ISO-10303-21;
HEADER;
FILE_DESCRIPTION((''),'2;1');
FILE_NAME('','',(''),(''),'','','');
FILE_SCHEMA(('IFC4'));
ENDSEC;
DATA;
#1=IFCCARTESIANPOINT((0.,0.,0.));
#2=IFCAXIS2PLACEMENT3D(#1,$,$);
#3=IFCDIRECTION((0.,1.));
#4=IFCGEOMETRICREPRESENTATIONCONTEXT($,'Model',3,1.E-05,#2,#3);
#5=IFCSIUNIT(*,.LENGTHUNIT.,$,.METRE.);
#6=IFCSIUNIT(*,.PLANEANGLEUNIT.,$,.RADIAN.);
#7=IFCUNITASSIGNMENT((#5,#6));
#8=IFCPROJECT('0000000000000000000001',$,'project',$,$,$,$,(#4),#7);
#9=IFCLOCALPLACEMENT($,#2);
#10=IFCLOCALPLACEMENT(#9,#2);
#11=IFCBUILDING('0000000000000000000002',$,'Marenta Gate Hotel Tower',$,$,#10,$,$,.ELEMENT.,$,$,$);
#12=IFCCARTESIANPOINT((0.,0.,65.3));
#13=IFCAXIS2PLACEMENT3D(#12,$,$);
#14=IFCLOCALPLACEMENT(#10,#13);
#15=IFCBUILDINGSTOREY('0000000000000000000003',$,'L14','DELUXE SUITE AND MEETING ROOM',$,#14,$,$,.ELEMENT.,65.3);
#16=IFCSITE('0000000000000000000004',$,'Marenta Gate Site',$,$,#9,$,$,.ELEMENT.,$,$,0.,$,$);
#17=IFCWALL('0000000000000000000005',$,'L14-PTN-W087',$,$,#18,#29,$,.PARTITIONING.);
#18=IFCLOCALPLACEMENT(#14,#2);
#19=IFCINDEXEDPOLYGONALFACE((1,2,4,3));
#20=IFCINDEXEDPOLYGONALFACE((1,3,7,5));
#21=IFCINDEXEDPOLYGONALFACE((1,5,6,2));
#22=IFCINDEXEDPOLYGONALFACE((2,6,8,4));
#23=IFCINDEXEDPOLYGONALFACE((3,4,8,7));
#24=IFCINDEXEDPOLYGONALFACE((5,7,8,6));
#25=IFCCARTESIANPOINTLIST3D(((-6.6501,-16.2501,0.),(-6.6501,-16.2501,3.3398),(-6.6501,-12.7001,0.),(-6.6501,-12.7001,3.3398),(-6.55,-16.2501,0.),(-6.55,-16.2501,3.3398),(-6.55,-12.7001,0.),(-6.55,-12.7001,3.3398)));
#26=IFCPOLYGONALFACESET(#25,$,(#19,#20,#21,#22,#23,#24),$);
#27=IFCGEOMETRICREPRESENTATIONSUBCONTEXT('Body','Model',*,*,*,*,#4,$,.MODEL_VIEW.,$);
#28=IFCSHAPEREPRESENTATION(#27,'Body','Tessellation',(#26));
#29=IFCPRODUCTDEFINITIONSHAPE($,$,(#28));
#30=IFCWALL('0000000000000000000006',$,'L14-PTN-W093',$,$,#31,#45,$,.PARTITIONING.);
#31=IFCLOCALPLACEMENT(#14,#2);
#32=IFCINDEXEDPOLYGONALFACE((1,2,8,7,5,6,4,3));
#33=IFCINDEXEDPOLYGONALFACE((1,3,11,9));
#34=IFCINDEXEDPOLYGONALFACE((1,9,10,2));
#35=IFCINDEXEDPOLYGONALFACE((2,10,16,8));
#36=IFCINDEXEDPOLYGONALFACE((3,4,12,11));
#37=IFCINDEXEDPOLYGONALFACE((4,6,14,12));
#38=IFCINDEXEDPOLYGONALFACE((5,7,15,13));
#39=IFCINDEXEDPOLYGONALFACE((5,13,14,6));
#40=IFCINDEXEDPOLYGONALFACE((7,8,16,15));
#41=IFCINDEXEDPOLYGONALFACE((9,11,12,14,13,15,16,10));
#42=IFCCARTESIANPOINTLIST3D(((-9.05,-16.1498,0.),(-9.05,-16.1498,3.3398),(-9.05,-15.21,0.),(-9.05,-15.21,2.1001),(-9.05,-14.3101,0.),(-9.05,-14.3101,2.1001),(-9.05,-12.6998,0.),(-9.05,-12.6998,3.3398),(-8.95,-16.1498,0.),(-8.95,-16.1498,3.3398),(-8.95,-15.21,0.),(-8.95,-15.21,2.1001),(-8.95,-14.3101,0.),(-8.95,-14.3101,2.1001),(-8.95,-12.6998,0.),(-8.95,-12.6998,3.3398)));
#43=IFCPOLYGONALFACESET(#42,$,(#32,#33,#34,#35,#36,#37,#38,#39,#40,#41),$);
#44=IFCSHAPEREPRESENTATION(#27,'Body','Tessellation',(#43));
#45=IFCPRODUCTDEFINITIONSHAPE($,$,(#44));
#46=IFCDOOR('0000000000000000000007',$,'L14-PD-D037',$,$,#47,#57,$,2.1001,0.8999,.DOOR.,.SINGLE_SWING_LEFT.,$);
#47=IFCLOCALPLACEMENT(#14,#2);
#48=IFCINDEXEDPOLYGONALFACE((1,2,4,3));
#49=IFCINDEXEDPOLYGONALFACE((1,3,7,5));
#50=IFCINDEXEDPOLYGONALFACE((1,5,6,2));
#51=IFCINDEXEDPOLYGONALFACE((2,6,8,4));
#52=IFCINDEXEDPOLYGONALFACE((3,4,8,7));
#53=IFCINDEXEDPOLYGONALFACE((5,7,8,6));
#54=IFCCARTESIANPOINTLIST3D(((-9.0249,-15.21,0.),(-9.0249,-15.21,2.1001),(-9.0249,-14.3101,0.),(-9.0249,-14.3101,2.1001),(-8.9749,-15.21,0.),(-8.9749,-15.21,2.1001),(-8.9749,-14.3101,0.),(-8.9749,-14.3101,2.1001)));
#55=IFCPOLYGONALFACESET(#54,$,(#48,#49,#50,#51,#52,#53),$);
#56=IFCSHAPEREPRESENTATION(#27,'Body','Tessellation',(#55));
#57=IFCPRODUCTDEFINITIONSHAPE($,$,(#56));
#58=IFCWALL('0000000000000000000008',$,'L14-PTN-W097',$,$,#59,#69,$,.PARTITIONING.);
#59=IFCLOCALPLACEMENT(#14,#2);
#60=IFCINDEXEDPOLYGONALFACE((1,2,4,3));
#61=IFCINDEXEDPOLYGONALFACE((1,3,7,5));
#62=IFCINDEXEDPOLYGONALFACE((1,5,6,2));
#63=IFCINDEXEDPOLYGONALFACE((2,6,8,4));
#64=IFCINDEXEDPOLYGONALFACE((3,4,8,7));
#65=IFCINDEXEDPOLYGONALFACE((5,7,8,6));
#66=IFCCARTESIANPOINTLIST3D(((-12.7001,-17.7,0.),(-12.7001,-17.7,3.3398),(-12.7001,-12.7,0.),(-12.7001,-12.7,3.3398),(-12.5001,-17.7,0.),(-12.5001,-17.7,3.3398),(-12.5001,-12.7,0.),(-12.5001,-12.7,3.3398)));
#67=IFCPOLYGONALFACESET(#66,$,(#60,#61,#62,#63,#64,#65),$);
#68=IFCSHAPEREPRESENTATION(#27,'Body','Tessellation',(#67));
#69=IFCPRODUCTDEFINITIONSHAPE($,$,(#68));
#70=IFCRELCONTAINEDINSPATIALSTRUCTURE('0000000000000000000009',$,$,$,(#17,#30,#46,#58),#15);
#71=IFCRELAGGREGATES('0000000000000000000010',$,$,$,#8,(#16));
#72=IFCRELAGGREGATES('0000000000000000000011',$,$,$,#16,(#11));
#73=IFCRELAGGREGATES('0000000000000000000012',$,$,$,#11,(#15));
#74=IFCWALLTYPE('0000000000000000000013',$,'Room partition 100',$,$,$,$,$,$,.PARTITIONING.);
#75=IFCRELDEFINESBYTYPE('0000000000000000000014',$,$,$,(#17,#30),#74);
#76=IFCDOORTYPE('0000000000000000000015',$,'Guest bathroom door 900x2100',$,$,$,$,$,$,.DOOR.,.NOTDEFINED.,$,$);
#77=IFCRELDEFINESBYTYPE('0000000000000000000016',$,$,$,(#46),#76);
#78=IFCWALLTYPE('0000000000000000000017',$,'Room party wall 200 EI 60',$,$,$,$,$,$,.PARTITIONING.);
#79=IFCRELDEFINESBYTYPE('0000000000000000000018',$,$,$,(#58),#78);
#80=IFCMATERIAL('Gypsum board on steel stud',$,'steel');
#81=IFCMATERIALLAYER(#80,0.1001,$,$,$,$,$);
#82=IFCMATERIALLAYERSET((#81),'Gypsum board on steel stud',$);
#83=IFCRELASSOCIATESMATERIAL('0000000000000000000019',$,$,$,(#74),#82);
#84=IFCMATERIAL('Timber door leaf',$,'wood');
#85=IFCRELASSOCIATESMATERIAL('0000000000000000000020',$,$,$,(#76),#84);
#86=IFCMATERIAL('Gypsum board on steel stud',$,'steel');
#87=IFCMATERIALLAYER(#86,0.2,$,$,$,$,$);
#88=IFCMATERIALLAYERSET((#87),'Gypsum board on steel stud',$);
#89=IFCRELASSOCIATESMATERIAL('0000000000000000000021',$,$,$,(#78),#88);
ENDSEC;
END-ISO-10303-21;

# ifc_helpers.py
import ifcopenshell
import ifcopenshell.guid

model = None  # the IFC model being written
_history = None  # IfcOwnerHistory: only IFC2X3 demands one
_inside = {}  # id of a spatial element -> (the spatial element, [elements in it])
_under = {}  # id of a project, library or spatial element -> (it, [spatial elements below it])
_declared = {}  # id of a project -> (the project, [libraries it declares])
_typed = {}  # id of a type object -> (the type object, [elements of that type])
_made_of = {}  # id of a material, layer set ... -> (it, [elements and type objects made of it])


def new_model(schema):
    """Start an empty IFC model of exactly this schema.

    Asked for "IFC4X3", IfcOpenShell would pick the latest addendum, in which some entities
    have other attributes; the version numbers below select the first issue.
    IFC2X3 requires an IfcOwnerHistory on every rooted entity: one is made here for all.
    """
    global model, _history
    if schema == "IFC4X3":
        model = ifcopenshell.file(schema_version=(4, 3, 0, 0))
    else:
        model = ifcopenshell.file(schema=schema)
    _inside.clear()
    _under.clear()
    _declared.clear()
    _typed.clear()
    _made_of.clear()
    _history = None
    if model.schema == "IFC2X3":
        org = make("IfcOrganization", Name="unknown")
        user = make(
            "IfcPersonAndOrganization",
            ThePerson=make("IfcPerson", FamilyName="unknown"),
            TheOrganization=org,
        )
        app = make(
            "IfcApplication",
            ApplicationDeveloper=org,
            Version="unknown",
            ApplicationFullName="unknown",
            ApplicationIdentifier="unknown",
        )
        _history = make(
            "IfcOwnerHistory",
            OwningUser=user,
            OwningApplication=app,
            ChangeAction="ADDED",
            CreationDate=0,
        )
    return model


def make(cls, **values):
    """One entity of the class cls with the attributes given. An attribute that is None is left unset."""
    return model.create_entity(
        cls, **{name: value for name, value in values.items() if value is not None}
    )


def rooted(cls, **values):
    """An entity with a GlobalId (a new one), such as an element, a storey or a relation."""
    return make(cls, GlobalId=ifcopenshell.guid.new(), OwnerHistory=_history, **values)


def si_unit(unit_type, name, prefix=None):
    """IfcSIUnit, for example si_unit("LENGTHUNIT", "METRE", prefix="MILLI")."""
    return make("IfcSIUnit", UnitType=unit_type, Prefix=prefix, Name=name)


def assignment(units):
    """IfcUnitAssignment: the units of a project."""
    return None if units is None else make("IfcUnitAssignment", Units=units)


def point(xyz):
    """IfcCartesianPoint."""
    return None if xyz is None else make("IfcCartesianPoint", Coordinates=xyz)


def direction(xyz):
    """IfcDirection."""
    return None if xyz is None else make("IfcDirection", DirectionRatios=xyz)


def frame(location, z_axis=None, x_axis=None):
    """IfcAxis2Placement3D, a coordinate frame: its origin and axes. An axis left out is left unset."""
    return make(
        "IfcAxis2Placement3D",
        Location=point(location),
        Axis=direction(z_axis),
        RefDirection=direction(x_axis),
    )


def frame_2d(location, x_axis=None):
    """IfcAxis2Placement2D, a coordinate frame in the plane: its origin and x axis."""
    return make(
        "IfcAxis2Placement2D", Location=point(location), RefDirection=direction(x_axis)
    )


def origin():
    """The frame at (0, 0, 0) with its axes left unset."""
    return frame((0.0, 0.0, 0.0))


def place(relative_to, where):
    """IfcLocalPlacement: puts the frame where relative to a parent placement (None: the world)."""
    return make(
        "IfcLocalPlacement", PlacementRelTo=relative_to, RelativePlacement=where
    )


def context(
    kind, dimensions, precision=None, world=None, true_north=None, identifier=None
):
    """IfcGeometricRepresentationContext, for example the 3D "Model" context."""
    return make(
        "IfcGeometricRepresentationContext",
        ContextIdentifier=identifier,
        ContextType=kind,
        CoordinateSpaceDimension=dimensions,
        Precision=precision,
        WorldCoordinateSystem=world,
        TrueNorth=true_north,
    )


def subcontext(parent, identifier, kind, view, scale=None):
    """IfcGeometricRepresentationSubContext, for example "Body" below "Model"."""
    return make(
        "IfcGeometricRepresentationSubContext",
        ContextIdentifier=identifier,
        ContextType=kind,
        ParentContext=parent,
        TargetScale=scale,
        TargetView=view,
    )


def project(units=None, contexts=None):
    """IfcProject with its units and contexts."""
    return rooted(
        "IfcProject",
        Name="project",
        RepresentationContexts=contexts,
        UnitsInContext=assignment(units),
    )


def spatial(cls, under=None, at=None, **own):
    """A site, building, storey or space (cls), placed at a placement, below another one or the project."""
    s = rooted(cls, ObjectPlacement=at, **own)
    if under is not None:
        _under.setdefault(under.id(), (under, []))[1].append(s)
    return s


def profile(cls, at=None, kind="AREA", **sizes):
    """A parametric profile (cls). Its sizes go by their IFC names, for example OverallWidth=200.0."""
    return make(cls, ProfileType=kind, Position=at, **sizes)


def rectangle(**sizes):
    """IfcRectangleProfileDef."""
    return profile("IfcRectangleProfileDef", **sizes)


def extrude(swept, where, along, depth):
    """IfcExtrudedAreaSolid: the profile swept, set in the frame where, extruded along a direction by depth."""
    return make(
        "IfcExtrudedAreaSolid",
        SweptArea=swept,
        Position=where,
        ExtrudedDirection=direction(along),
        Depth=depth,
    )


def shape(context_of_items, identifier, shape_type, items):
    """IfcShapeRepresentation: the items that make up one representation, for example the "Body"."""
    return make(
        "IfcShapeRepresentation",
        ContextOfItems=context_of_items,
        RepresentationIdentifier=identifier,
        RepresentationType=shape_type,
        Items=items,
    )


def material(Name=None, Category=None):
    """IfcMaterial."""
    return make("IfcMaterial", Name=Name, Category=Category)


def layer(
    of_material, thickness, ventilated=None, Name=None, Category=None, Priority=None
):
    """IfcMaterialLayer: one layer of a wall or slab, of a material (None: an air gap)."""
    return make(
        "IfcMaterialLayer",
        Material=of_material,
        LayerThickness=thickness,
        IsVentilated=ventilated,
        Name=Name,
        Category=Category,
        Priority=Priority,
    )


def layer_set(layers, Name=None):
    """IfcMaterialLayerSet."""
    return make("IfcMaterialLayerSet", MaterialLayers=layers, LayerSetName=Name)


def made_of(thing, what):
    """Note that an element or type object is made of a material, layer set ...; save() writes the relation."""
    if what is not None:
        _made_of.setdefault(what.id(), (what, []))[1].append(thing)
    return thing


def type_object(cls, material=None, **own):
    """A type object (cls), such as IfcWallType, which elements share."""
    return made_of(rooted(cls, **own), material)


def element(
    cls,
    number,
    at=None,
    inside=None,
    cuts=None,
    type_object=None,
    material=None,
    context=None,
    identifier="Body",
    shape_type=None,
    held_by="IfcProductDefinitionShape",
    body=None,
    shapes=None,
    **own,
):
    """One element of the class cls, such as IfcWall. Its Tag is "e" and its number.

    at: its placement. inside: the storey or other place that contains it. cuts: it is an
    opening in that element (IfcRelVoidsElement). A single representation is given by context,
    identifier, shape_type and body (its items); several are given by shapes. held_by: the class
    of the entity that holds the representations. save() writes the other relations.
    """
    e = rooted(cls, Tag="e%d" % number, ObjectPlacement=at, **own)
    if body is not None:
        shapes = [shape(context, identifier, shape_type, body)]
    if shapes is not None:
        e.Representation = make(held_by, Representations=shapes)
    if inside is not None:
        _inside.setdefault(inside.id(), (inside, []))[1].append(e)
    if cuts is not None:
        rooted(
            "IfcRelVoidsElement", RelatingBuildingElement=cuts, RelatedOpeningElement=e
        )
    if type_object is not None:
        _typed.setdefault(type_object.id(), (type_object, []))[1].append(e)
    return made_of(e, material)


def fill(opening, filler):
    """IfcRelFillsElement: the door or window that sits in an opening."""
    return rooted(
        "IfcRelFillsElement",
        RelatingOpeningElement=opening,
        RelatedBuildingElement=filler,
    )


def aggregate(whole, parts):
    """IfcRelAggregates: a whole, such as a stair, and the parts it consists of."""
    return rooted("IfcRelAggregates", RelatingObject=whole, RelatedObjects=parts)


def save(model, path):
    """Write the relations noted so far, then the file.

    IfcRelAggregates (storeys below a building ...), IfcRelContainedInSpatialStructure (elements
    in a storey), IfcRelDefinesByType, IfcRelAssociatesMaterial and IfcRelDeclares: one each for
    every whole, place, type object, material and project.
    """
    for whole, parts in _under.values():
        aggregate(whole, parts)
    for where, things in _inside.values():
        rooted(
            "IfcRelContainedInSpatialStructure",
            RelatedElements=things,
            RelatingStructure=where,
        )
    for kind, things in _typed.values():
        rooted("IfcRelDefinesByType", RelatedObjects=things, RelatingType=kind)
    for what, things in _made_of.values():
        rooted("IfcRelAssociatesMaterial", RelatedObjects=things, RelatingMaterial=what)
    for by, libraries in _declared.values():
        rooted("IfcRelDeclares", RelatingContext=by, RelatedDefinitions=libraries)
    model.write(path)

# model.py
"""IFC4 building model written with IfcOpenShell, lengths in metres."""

from ifc_helpers import new_model, si_unit, direction, frame, frame_2d, origin, place, context, subcontext, project, spatial, rectangle, extrude, material, layer, layer_set, type_object, element, fill, save


model = new_model("IFC4")

# Units and contexts
model_context = context("Model", 3, precision=1e-05, world=origin(), true_north=direction((0.0, 1.0)))
body_context = subcontext(model_context, "Body", "Model", "MODEL_VIEW")
ifc_project = project(units=[si_unit("LENGTHUNIT", "METRE"), si_unit("PLANEANGLEUNIT", "RADIAN")], contexts=[model_context])

# Site, building, storey
site_placement = place(None, origin())
site = spatial("IfcSite", under=ifc_project, at=site_placement, Name="Marenta Gate Site", CompositionType="ELEMENT", RefElevation=0.0)
building_placement = place(site_placement, origin())
building = spatial("IfcBuilding", under=site, at=building_placement, Name="Marenta Gate Hotel Tower", CompositionType="ELEMENT")
storey_placement = place(building_placement, frame((0.0, 0.0, 65.3)))
storey = spatial("IfcBuildingStorey", under=building, at=storey_placement, Name="L14", Description="DELUXE SUITE AND MEETING ROOM", CompositionType="ELEMENT", Elevation=65.3)

# Wall
ifc_material_1 = material(Name="Gypsum board on steel stud", Category="steel")
ifc_layer_1 = layer(ifc_material_1, 0.1001)
ifc_layer_set_1 = layer_set([ifc_layer_1], Name="Gypsum board on steel stud")
wall_type_1 = type_object("IfcWallType", Name="Room partition 100", PredefinedType="PARTITIONING", material=ifc_layer_set_1)
wall_1_placement = place(storey_placement, frame((-6.6001, -16.25, 0.0), z_axis=(0.0, 0.0, 1.0), x_axis=(0.0, 1.0, 0.0)))
element("IfcWall", 1, at=wall_1_placement, inside=storey, type_object=wall_type_1, Name="L14-PTN-W087", PredefinedType="PARTITIONING", context=body_context, shape_type="SweptSolid", body=[
    extrude(rectangle(XDim=3.55, YDim=0.1001, at=frame_2d((1.7749, 0.0))), origin(), (0.0, 0.0, 1.0), 3.3398),
])

# Wall, opening, door
wall_2_placement = place(storey_placement, frame((-9.0, -16.1499, 0.0), z_axis=(0.0, 0.0, 1.0), x_axis=(0.0, 1.0, 0.0)))
wall_2 = element("IfcWall", 2, at=wall_2_placement, inside=storey, type_object=wall_type_1, Name="L14-PTN-W093", PredefinedType="PARTITIONING", context=body_context, shape_type="SweptSolid", body=[
    extrude(rectangle(XDim=3.45, YDim=0.1001, at=frame_2d((1.7251, 0.0))), origin(), (0.0, 0.0, 1.0), 3.3398),
])
opening_1_placement = place(wall_2_placement, frame((0.9399, 0.0, 0.0)))
opening_1 = element("IfcOpeningElement", 3, at=opening_1_placement, cuts=wall_2, PredefinedType="OPENING", context=body_context, shape_type="SweptSolid", body=[
    extrude(rectangle(XDim=0.8999, YDim=2.1001, at=frame_2d((0.45, 1.05))), frame((0.0, 0.05, 0.0), z_axis=(0.0, -1.0, 0.0), x_axis=(1.0, 0.0, 0.0)), (0.0, 0.0, 1.0), 0.1001),
])
ifc_material_2 = material(Name="Timber door leaf", Category="wood")
door_type_1 = type_object("IfcDoorType", Name="Guest bathroom door 900x2100", OperationType="NOTDEFINED", PredefinedType="DOOR", material=ifc_material_2)
door_1_placement = place(opening_1_placement, origin())
door_1 = element("IfcDoor", 4, at=door_1_placement, inside=storey, type_object=door_type_1, Name="L14-PD-D037", OperationType="SINGLE_SWING_LEFT", OverallHeight=2.1001, OverallWidth=0.8999, PredefinedType="DOOR", context=body_context, shape_type="SweptSolid", body=[
    extrude(rectangle(XDim=0.8999, YDim=2.1001, at=frame_2d((0.45, 1.05))), frame((0.0, 0.0249, 0.0), z_axis=(0.0, -1.0, 0.0), x_axis=(1.0, 0.0, 0.0)), (0.0, 0.0, 1.0), 0.05),
])
fill(opening_1, door_1)

# Wall
ifc_material_3 = material(Name="Gypsum board on steel stud", Category="steel")
ifc_layer_2 = layer(ifc_material_3, 0.2)
ifc_layer_set_2 = layer_set([ifc_layer_2], Name="Gypsum board on steel stud")
wall_type_2 = type_object("IfcWallType", Name="Room party wall 200 EI 60", PredefinedType="PARTITIONING", material=ifc_layer_set_2)
wall_3_placement = place(storey_placement, frame((-12.6001, -17.7, 0.0), z_axis=(0.0, 0.0, 1.0), x_axis=(0.0, 1.0, 0.0)))
element("IfcWall", 5, at=wall_3_placement, inside=storey, type_object=wall_type_2, Name="L14-PTN-W097", PredefinedType="PARTITIONING", context=body_context, shape_type="SweptSolid", body=[
    extrude(rectangle(XDim=5.0, YDim=0.2, at=frame_2d((2.5, 0.0))), origin(), (0.0, 0.0, 1.0), 3.3398),
])

save(model, "model.ifc")
